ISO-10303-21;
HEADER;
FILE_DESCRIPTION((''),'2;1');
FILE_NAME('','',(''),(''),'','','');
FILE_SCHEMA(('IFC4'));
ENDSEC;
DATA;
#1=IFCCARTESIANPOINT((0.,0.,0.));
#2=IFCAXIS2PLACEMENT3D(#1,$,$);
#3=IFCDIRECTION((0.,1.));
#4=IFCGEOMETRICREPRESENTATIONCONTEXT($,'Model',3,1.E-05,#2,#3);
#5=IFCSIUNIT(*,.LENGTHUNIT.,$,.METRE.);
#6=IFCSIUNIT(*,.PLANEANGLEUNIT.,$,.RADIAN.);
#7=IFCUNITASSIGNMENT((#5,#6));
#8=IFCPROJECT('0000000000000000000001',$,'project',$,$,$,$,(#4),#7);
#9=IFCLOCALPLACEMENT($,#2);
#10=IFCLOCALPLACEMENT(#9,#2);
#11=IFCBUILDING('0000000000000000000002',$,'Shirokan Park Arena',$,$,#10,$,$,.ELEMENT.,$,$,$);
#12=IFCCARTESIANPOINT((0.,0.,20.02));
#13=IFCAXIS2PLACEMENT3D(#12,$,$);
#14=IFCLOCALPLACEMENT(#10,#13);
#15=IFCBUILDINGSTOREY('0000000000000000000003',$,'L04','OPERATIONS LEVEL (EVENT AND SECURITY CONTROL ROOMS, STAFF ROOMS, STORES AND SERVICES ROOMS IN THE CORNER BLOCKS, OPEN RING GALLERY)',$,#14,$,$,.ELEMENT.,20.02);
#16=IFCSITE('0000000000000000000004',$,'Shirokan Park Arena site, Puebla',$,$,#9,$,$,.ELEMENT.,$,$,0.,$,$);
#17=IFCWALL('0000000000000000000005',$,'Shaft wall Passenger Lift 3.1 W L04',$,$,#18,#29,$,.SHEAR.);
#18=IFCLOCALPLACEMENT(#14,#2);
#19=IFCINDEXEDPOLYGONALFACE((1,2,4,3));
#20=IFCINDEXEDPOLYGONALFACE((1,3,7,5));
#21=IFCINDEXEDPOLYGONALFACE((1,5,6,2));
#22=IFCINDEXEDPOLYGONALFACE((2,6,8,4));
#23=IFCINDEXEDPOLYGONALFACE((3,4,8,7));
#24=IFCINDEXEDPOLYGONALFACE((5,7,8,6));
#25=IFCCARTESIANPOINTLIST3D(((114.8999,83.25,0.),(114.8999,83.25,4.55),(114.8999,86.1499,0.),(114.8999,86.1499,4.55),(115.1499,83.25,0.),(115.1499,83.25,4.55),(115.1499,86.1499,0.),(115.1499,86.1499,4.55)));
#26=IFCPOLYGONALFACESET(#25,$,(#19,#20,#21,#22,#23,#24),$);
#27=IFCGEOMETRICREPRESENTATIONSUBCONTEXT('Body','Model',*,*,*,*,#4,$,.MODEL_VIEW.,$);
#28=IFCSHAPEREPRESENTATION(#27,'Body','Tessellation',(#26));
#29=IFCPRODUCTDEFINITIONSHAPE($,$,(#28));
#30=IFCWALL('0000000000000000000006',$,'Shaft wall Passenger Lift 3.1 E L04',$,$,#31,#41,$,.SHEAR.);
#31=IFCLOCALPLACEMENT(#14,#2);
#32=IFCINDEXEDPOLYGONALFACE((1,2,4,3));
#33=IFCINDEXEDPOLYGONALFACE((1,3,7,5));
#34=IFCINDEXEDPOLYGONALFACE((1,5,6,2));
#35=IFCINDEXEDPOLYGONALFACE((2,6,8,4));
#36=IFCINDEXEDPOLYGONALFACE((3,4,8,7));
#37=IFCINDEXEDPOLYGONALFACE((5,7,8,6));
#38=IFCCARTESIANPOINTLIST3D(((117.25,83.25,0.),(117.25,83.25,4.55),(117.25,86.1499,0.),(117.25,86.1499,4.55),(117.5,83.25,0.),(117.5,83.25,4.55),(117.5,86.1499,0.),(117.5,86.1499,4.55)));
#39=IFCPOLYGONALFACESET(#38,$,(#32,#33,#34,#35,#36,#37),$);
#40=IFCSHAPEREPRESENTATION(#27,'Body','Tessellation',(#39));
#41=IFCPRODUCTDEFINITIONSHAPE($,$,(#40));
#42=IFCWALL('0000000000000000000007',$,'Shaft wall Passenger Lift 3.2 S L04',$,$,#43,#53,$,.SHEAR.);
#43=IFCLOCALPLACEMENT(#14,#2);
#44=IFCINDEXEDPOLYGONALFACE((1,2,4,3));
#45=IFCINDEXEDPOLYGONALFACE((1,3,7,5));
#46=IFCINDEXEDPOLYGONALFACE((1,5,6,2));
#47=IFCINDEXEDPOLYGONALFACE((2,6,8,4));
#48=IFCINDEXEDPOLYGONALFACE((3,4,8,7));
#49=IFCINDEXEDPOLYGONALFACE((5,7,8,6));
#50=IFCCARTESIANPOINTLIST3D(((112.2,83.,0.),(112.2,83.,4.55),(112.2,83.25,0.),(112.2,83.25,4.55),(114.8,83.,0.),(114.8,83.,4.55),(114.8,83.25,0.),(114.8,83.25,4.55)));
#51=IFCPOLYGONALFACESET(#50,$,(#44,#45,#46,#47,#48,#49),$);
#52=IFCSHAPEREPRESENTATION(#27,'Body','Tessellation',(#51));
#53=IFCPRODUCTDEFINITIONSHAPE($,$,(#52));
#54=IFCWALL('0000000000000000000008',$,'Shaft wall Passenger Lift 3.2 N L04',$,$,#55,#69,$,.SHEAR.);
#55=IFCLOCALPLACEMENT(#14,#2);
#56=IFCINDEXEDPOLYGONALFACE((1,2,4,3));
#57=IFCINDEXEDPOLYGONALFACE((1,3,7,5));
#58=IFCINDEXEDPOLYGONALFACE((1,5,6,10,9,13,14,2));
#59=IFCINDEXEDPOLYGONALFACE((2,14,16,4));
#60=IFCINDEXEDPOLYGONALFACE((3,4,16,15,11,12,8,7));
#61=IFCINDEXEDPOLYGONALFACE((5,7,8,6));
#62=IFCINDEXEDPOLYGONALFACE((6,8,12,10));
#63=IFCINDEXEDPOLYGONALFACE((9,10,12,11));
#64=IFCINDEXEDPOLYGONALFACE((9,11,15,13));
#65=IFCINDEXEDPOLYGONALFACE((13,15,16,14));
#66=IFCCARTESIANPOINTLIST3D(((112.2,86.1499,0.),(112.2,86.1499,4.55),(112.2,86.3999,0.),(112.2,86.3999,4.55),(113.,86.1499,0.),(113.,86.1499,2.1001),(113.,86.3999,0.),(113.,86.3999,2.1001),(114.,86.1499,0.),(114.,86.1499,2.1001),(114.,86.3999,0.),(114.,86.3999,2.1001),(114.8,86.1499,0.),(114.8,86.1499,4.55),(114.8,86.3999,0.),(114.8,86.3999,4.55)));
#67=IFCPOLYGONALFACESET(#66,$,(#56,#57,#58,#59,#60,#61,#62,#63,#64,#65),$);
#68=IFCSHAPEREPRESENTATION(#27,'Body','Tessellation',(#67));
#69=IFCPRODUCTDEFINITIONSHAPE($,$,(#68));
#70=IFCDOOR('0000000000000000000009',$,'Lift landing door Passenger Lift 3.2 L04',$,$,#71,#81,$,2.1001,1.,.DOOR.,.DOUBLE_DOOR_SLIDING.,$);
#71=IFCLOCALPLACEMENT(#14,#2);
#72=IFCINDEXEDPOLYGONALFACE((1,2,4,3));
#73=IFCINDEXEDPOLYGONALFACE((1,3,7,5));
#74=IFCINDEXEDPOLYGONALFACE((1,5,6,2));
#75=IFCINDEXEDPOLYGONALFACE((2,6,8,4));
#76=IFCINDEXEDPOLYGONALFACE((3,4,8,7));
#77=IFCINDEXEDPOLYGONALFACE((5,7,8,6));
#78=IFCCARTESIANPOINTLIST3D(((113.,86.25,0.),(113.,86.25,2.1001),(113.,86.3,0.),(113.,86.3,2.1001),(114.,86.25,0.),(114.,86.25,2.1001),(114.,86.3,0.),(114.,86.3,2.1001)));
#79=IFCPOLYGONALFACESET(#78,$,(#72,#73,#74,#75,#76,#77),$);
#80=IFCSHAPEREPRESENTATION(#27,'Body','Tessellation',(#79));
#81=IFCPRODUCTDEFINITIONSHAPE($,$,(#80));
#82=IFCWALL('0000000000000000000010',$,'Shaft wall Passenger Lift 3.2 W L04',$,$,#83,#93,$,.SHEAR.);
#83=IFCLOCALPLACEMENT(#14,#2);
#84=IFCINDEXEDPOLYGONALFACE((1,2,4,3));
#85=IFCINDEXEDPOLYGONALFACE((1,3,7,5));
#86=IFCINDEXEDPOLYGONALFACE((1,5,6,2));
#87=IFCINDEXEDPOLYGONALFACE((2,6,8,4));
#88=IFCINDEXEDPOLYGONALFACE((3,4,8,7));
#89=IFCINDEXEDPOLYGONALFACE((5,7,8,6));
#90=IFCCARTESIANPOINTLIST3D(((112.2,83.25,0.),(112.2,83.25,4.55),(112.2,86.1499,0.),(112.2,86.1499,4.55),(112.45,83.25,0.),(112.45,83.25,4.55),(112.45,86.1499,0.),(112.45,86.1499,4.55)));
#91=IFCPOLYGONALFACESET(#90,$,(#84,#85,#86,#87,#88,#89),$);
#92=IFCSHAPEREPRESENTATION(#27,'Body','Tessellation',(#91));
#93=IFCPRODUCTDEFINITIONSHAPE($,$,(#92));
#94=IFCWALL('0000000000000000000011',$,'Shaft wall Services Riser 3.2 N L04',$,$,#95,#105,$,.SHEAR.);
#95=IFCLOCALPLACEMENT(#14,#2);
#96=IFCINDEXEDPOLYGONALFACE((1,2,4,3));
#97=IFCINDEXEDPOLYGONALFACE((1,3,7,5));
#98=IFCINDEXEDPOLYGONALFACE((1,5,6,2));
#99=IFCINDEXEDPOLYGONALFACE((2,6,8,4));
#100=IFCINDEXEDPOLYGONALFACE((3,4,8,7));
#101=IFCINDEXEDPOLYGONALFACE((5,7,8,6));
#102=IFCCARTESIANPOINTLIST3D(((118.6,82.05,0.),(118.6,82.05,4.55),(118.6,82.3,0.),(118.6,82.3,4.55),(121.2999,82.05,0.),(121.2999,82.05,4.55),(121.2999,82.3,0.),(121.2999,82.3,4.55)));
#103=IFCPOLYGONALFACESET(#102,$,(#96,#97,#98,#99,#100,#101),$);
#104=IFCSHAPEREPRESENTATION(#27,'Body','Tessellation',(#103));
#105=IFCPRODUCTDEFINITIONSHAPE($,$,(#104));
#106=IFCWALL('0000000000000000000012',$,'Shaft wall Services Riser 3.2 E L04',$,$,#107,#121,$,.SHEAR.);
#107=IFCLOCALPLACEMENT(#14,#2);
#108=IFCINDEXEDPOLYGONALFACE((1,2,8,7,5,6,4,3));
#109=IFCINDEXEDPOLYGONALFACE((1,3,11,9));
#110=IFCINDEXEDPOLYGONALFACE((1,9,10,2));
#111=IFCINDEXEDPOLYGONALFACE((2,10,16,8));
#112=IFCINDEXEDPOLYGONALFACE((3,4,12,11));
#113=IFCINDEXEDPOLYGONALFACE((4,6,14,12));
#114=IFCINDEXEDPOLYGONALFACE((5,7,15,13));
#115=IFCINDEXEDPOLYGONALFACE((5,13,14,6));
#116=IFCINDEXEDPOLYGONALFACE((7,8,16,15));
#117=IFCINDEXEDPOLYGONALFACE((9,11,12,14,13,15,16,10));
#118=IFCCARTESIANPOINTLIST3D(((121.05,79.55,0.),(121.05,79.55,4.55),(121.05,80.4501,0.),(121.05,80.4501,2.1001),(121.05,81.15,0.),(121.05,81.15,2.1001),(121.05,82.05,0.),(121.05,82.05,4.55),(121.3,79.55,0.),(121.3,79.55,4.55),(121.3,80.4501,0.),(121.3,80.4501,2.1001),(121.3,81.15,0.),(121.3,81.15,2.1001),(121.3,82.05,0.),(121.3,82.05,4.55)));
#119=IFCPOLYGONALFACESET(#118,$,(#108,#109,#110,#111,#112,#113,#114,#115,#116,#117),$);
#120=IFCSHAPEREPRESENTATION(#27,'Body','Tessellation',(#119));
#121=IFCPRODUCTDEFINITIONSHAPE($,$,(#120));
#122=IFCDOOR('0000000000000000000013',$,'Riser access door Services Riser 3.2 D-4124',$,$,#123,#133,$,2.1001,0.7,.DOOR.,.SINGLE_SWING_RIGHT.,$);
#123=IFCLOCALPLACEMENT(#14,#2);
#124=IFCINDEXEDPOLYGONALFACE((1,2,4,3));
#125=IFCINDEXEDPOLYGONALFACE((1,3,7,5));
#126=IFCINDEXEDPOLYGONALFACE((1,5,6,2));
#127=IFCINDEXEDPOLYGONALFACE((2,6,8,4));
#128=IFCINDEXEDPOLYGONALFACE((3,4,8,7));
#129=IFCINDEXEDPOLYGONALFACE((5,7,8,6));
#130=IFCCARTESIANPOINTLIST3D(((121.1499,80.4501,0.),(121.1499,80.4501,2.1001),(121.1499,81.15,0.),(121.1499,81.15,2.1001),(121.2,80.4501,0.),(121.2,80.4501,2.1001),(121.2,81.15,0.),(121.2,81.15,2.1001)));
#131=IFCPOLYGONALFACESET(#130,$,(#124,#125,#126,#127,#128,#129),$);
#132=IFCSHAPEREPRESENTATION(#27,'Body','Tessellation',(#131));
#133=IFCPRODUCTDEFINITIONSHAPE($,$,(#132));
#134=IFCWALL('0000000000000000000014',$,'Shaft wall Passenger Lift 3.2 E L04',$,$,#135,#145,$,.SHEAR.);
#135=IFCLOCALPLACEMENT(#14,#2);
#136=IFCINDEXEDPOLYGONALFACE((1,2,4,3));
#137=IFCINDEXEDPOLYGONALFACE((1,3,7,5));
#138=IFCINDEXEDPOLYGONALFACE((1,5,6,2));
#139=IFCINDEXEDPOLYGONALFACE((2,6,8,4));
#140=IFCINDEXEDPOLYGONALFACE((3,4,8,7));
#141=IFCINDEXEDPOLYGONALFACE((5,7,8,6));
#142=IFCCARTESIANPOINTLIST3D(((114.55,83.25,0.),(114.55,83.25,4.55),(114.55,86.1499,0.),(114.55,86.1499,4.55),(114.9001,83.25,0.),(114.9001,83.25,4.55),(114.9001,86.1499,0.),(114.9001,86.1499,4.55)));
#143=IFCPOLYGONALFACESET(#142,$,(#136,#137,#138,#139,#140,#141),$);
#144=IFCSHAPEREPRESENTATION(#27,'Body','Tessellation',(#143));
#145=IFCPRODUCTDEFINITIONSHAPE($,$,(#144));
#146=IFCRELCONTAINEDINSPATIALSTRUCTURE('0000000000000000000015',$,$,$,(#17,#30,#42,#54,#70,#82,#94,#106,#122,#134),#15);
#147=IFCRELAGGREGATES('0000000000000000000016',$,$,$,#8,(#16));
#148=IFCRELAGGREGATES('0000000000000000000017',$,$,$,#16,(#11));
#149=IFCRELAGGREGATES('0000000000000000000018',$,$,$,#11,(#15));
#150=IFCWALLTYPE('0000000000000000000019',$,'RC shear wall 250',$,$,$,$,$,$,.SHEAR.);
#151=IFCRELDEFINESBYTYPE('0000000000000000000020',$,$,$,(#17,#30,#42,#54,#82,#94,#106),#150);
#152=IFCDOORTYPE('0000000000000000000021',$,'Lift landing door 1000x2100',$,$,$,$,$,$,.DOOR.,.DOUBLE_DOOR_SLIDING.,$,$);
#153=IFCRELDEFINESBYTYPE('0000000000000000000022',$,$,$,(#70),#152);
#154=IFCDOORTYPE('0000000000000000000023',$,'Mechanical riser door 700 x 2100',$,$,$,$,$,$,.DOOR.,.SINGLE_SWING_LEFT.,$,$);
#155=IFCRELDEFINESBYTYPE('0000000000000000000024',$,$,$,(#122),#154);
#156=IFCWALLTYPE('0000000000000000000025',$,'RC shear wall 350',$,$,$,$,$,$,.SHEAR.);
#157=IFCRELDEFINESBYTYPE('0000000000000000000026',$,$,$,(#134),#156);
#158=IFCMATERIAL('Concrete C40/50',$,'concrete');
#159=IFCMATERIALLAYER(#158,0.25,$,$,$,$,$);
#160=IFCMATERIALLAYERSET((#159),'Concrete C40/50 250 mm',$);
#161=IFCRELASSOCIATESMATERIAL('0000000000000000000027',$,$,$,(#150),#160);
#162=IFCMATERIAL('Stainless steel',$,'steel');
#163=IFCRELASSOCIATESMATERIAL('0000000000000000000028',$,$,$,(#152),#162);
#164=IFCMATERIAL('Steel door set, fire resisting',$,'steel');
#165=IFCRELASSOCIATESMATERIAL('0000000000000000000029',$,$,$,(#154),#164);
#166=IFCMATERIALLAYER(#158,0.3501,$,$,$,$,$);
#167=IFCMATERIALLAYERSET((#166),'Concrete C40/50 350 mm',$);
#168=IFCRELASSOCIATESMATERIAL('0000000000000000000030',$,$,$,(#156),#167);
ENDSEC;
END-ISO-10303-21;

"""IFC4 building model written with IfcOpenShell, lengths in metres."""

from ifc_helpers import new_model, si_unit, direction, frame, frame_2d, origin, place, context, subcontext, project, spatial, rectangle, extrude, material, layer, layer_set, type_object, element, fill, save


model = new_model("IFC4")

# Units and contexts
model_context = context("Model", 3, precision=1e-05, world=origin(), true_north=direction((0.0, 1.0)))
body_context = subcontext(model_context, "Body", "Model", "MODEL_VIEW")
ifc_project = project(units=[si_unit("LENGTHUNIT", "METRE"), si_unit("PLANEANGLEUNIT", "RADIAN")], contexts=[model_context])

# Site, building, storey
site_placement = place(None, origin())
site = spatial("IfcSite", under=ifc_project, at=site_placement, Name="Shirokan Park Arena site, Puebla", CompositionType="ELEMENT", RefElevation=0.0)
building_placement = place(site_placement, origin())
building = spatial("IfcBuilding", under=site, at=building_placement, Name="Shirokan Park Arena", CompositionType="ELEMENT")
storey_placement = place(building_placement, frame((0.0, 0.0, 20.02)))
storey = spatial("IfcBuildingStorey", under=building, at=storey_placement, Name="L04", Description="OPERATIONS LEVEL (EVENT AND SECURITY CONTROL ROOMS, STAFF ROOMS, STORES AND SERVICES ROOMS IN THE CORNER BLOCKS, OPEN RING GALLERY)", CompositionType="ELEMENT", Elevation=20.02)

# Shared definitions
ifc_material_1 = material(Name="Concrete C40/50", Category="concrete")
ifc_layer_1 = layer(ifc_material_1, 0.25)
ifc_layer_set_1 = layer_set([ifc_layer_1], Name="Concrete C40/50 250 mm")
wall_type_1 = type_object("IfcWallType", Name="RC shear wall 250", PredefinedType="SHEAR", material=ifc_layer_set_1)

# Shared definitions
ifc_material_2 = material(Name="Stainless steel", Category="steel")
door_type_1 = type_object("IfcDoorType", Name="Lift landing door 1000x2100", OperationType="DOUBLE_DOOR_SLIDING", PredefinedType="DOOR", material=ifc_material_2)

# Walls
for number, where, z_axis, x_axis, name in (
    (1, (115.0249, 86.1499, 0.0), (0.0, 0.0, 1.0), (0.0, -1.0, 0.0), "Shaft wall Passenger Lift 3.1 W L04"),
    (2, (117.375, 86.1499, 0.0), (0.0, 0.0, 1.0), (0.0, -1.0, 0.0), "Shaft wall Passenger Lift 3.1 E L04"),
):
    element("IfcWall", number, at=place(storey_placement, frame(where, z_axis=z_axis, x_axis=x_axis)), inside=storey, type_object=wall_type_1, Name=name, PredefinedType="SHEAR", context=body_context, shape_type="SweptSolid", body=[
        extrude(rectangle(XDim=2.8999, YDim=0.25, at=frame_2d((1.45, 0.0))), origin(), (0.0, 0.0, 1.0), 4.55),
    ])
wall_1_placement = place(storey_placement, frame((114.8, 83.125, 0.0), z_axis=(0.0, 0.0, 1.0), x_axis=(-1.0, 0.0, 0.0)))
element("IfcWall", 3, at=wall_1_placement, inside=storey, type_object=wall_type_1, Name="Shaft wall Passenger Lift 3.2 S L04", PredefinedType="SHEAR", context=body_context, shape_type="SweptSolid", body=[
    extrude(rectangle(XDim=2.6001, YDim=0.25, at=frame_2d((1.3, 0.0))), origin(), (0.0, 0.0, 1.0), 4.55),
])

# Wall, opening, door
wall_2_placement = place(storey_placement, frame((114.8, 86.2749, 0.0), z_axis=(0.0, 0.0, 1.0), x_axis=(-1.0, 0.0, 0.0)))
wall_2 = element("IfcWall", 4, at=wall_2_placement, inside=storey, type_object=wall_type_1, Name="Shaft wall Passenger Lift 3.2 N L04", PredefinedType="SHEAR", context=body_context, shape_type="SweptSolid", body=[
    extrude(rectangle(XDim=2.6001, YDim=0.25, at=frame_2d((1.3, 0.0))), origin(), (0.0, 0.0, 1.0), 4.55),
])
opening_1_placement = place(wall_2_placement, frame((0.8, 0.0, 0.0)))
opening_1 = element("IfcOpeningElement", 5, at=opening_1_placement, cuts=wall_2, PredefinedType="OPENING", context=body_context, shape_type="SweptSolid", body=[
    extrude(rectangle(XDim=1.0, YDim=2.1001, at=frame_2d((0.5, 1.05))), frame((0.0, 0.135, 0.0), z_axis=(0.0, -1.0, 0.0), x_axis=(1.0, 0.0, 0.0)), (0.0, 0.0, 1.0), 0.27),
])
door_1_placement = place(opening_1_placement, origin())
door_1 = element("IfcDoor", 6, at=door_1_placement, inside=storey, type_object=door_type_1, Name="Lift landing door Passenger Lift 3.2 L04", OperationType="DOUBLE_DOOR_SLIDING", OverallHeight=2.1001, OverallWidth=1.0, PredefinedType="DOOR", context=body_context, shape_type="SweptSolid", body=[
    extrude(rectangle(XDim=1.0, YDim=2.1001, at=frame_2d((0.5, 1.05))), frame((0.0, 0.0249, 0.0), z_axis=(0.0, -1.0, 0.0), x_axis=(1.0, 0.0, 0.0)), (0.0, 0.0, 1.0), 0.05),
])
fill(opening_1, door_1)

# Walls
wall_3_placement = place(storey_placement, frame((112.325, 86.1499, 0.0), z_axis=(0.0, 0.0, 1.0), x_axis=(0.0, -1.0, 0.0)))
element("IfcWall", 7, at=wall_3_placement, inside=storey, type_object=wall_type_1, Name="Shaft wall Passenger Lift 3.2 W L04", PredefinedType="SHEAR", context=body_context, shape_type="SweptSolid", body=[
    extrude(rectangle(XDim=2.8999, YDim=0.25, at=frame_2d((1.45, 0.0))), origin(), (0.0, 0.0, 1.0), 4.55),
])
wall_4_placement = place(storey_placement, frame((121.3, 82.175, 0.0), z_axis=(0.0, 0.0, 1.0), x_axis=(-1.0, 0.0, 0.0)))
element("IfcWall", 8, at=wall_4_placement, inside=storey, type_object=wall_type_1, Name="Shaft wall Services Riser 3.2 N L04", PredefinedType="SHEAR", context=body_context, shape_type="SweptSolid", body=[
    extrude(rectangle(XDim=2.7, YDim=0.25, at=frame_2d((1.3501, 0.0))), origin(), (0.0, 0.0, 1.0), 4.55),
])

# Wall, opening, door
wall_5_placement = place(storey_placement, frame((121.175, 82.05, 0.0), z_axis=(0.0, 0.0, 1.0), x_axis=(0.0, -1.0, 0.0)))
wall_5 = element("IfcWall", 9, at=wall_5_placement, inside=storey, type_object=wall_type_1, Name="Shaft wall Services Riser 3.2 E L04", PredefinedType="SHEAR", context=body_context, shape_type="SweptSolid", body=[
    extrude(rectangle(XDim=2.5, YDim=0.25, at=frame_2d((1.25, 0.0))), origin(), (0.0, 0.0, 1.0), 4.55),
])
opening_2_placement = place(wall_5_placement, frame((0.8999, 0.0, 0.0)))
opening_2 = element("IfcOpeningElement", 10, at=opening_2_placement, cuts=wall_5, PredefinedType="OPENING", context=body_context, shape_type="SweptSolid", body=[
    extrude(rectangle(XDim=0.7, YDim=2.1001, at=frame_2d((0.3501, 1.05))), frame((0.0, 0.135, 0.0), z_axis=(0.0, -1.0, 0.0), x_axis=(1.0, 0.0, 0.0)), (0.0, 0.0, 1.0), 0.27),
])
ifc_material_3 = material(Name="Steel door set, fire resisting", Category="steel")
door_type_2 = type_object("IfcDoorType", Name="Mechanical riser door 700 x 2100", OperationType="SINGLE_SWING_LEFT", PredefinedType="DOOR", material=ifc_material_3)
door_2_placement = place(opening_2_placement, origin())
door_2 = element("IfcDoor", 11, at=door_2_placement, inside=storey, type_object=door_type_2, Name="Riser access door Services Riser 3.2 D-4124", OperationType="SINGLE_SWING_RIGHT", OverallHeight=2.1001, OverallWidth=0.7, PredefinedType="DOOR", context=body_context, shape_type="SweptSolid", body=[
    extrude(rectangle(XDim=0.7, YDim=2.1001, at=frame_2d((0.3501, 1.05))), frame((0.0, 0.0249, 0.0), z_axis=(0.0, -1.0, 0.0), x_axis=(1.0, 0.0, 0.0)), (0.0, 0.0, 1.0), 0.05),
])
fill(opening_2, door_2)

# Wall
ifc_layer_2 = layer(ifc_material_1, 0.3501)
ifc_layer_set_2 = layer_set([ifc_layer_2], Name="Concrete C40/50 350 mm")
wall_type_2 = type_object("IfcWallType", Name="RC shear wall 350", PredefinedType="SHEAR", material=ifc_layer_set_2)
wall_6_placement = place(storey_placement, frame((114.7251, 86.1499, 0.0), z_axis=(0.0, 0.0, 1.0), x_axis=(0.0, -1.0, 0.0)))
element("IfcWall", 12, at=wall_6_placement, inside=storey, type_object=wall_type_2, Name="Shaft wall Passenger Lift 3.2 E L04", PredefinedType="SHEAR", context=body_context, shape_type="SweptSolid", body=[
    extrude(rectangle(XDim=2.8999, YDim=0.3501, at=frame_2d((1.45, 0.0))), origin(), (0.0, 0.0, 1.0), 4.55),
])

save(model, "model.ifc")
